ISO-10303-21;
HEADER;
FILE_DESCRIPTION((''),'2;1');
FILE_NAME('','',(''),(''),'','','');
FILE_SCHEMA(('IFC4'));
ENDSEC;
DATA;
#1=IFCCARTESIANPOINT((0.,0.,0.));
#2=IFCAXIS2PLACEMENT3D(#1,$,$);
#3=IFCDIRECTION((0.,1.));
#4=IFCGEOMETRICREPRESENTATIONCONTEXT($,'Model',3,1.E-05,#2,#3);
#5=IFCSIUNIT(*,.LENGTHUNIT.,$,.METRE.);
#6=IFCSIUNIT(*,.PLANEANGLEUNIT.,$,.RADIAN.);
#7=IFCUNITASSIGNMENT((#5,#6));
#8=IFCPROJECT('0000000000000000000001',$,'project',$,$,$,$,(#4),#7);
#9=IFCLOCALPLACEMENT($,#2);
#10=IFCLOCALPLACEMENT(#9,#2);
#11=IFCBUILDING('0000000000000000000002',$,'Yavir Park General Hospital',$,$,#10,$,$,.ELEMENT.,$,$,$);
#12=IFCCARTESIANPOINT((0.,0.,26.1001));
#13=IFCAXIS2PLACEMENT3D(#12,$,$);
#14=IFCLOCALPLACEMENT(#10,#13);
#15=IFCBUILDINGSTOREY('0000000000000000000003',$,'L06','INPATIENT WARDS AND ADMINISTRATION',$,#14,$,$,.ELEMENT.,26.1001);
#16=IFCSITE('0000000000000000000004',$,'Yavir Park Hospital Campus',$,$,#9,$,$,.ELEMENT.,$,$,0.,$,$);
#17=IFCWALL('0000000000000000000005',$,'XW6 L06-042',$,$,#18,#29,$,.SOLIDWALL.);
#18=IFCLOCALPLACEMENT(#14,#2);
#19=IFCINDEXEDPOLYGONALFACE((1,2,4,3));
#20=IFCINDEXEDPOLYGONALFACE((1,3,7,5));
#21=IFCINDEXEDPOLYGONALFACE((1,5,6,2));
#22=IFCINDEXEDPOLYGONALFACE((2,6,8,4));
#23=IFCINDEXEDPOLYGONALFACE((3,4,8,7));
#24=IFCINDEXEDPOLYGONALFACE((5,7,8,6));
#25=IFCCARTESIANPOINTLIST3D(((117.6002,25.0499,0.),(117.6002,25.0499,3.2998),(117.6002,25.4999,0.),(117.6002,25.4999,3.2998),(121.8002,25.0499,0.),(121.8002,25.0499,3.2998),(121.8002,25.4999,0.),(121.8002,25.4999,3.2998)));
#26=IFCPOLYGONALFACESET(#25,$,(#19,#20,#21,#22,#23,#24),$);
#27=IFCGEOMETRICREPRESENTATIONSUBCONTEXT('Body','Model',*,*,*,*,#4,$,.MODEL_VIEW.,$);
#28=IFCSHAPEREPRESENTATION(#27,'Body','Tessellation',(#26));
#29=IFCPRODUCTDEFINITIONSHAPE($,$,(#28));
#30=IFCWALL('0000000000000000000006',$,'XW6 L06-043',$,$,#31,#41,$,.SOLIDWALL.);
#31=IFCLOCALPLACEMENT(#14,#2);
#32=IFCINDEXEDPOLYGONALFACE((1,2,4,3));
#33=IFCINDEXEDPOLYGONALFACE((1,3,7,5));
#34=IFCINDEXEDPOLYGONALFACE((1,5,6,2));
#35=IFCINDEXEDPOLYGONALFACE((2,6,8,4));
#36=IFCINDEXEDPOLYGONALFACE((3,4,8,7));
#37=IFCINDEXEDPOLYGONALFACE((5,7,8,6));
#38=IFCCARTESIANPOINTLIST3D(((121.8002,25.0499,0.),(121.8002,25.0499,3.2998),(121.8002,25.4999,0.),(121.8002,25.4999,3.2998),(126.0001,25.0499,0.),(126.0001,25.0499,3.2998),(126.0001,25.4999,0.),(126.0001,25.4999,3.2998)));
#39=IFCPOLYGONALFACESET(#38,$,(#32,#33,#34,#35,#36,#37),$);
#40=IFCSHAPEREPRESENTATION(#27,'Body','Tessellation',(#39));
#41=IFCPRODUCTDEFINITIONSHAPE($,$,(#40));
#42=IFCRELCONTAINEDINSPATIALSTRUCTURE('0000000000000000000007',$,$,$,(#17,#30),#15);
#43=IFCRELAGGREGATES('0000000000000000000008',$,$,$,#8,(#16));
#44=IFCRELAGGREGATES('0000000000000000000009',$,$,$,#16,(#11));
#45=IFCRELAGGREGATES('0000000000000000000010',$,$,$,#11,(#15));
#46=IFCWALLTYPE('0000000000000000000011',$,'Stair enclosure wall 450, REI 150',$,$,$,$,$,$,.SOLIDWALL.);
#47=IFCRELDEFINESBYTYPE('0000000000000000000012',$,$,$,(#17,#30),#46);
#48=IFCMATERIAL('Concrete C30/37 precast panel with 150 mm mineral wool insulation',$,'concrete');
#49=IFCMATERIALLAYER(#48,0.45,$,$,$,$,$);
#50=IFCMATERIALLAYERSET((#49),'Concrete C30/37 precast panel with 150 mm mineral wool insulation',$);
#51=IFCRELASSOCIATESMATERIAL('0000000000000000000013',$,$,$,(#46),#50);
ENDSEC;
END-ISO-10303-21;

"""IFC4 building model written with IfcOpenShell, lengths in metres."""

from ifc_helpers import new_model, si_unit, direction, frame, frame_2d, origin, place, context, subcontext, project, spatial, rectangle, extrude, material, layer, layer_set, type_object, element, save


model = new_model("IFC4")

# Units and contexts
model_context = context("Model", 3, precision=1e-05, world=origin(), true_north=direction((0.0, 1.0)))
body_context = subcontext(model_context, "Body", "Model", "MODEL_VIEW")
ifc_project = project(units=[si_unit("LENGTHUNIT", "METRE"), si_unit("PLANEANGLEUNIT", "RADIAN")], contexts=[model_context])

# Site, building, storey
site_placement = place(None, origin())
site = spatial("IfcSite", under=ifc_project, at=site_placement, Name="Yavir Park Hospital Campus", CompositionType="ELEMENT", RefElevation=0.0)
building_placement = place(site_placement, origin())
building = spatial("IfcBuilding", under=site, at=building_placement, Name="Yavir Park General Hospital", CompositionType="ELEMENT")
storey_placement = place(building_placement, frame((0.0, 0.0, 26.1001)))
storey = spatial("IfcBuildingStorey", under=building, at=storey_placement, Name="L06", Description="INPATIENT WARDS AND ADMINISTRATION", CompositionType="ELEMENT", Elevation=26.1001)

# Walls
ifc_material_1 = material(Name="Concrete C30/37 precast panel with 150 mm mineral wool insulation", Category="concrete")
ifc_layer_1 = layer(ifc_material_1, 0.45)
ifc_layer_set_1 = layer_set([ifc_layer_1], Name="Concrete C30/37 precast panel with 150 mm mineral wool insulation")
wall_type_1 = type_object("IfcWallType", Name="Stair enclosure wall 450, REI 150", PredefinedType="SOLIDWALL", material=ifc_layer_set_1)
for number, where, z_axis, x_axis, name in (
    (1, (117.6001, 25.2749, 0.0), (0.0, 0.0, 1.0), (1.0, 0.0, 0.0), "XW6 L06-042"),
    (2, (121.8, 25.2749, 0.0), (0.0, 0.0, 1.0), (1.0, 0.0, 0.0), "XW6 L06-043"),
):
    element("IfcWall", number, at=place(storey_placement, frame(where, z_axis=z_axis, x_axis=x_axis)), inside=storey, type_object=wall_type_1, Name=name, PredefinedType="SOLIDWALL", context=body_context, shape_type="SweptSolid", body=[
        extrude(rectangle(XDim=4.2, YDim=0.45, at=frame_2d((2.1001, 0.0))), origin(), (0.0, 0.0, 1.0), 3.2998),
    ])

save(model, "model.ifc")
